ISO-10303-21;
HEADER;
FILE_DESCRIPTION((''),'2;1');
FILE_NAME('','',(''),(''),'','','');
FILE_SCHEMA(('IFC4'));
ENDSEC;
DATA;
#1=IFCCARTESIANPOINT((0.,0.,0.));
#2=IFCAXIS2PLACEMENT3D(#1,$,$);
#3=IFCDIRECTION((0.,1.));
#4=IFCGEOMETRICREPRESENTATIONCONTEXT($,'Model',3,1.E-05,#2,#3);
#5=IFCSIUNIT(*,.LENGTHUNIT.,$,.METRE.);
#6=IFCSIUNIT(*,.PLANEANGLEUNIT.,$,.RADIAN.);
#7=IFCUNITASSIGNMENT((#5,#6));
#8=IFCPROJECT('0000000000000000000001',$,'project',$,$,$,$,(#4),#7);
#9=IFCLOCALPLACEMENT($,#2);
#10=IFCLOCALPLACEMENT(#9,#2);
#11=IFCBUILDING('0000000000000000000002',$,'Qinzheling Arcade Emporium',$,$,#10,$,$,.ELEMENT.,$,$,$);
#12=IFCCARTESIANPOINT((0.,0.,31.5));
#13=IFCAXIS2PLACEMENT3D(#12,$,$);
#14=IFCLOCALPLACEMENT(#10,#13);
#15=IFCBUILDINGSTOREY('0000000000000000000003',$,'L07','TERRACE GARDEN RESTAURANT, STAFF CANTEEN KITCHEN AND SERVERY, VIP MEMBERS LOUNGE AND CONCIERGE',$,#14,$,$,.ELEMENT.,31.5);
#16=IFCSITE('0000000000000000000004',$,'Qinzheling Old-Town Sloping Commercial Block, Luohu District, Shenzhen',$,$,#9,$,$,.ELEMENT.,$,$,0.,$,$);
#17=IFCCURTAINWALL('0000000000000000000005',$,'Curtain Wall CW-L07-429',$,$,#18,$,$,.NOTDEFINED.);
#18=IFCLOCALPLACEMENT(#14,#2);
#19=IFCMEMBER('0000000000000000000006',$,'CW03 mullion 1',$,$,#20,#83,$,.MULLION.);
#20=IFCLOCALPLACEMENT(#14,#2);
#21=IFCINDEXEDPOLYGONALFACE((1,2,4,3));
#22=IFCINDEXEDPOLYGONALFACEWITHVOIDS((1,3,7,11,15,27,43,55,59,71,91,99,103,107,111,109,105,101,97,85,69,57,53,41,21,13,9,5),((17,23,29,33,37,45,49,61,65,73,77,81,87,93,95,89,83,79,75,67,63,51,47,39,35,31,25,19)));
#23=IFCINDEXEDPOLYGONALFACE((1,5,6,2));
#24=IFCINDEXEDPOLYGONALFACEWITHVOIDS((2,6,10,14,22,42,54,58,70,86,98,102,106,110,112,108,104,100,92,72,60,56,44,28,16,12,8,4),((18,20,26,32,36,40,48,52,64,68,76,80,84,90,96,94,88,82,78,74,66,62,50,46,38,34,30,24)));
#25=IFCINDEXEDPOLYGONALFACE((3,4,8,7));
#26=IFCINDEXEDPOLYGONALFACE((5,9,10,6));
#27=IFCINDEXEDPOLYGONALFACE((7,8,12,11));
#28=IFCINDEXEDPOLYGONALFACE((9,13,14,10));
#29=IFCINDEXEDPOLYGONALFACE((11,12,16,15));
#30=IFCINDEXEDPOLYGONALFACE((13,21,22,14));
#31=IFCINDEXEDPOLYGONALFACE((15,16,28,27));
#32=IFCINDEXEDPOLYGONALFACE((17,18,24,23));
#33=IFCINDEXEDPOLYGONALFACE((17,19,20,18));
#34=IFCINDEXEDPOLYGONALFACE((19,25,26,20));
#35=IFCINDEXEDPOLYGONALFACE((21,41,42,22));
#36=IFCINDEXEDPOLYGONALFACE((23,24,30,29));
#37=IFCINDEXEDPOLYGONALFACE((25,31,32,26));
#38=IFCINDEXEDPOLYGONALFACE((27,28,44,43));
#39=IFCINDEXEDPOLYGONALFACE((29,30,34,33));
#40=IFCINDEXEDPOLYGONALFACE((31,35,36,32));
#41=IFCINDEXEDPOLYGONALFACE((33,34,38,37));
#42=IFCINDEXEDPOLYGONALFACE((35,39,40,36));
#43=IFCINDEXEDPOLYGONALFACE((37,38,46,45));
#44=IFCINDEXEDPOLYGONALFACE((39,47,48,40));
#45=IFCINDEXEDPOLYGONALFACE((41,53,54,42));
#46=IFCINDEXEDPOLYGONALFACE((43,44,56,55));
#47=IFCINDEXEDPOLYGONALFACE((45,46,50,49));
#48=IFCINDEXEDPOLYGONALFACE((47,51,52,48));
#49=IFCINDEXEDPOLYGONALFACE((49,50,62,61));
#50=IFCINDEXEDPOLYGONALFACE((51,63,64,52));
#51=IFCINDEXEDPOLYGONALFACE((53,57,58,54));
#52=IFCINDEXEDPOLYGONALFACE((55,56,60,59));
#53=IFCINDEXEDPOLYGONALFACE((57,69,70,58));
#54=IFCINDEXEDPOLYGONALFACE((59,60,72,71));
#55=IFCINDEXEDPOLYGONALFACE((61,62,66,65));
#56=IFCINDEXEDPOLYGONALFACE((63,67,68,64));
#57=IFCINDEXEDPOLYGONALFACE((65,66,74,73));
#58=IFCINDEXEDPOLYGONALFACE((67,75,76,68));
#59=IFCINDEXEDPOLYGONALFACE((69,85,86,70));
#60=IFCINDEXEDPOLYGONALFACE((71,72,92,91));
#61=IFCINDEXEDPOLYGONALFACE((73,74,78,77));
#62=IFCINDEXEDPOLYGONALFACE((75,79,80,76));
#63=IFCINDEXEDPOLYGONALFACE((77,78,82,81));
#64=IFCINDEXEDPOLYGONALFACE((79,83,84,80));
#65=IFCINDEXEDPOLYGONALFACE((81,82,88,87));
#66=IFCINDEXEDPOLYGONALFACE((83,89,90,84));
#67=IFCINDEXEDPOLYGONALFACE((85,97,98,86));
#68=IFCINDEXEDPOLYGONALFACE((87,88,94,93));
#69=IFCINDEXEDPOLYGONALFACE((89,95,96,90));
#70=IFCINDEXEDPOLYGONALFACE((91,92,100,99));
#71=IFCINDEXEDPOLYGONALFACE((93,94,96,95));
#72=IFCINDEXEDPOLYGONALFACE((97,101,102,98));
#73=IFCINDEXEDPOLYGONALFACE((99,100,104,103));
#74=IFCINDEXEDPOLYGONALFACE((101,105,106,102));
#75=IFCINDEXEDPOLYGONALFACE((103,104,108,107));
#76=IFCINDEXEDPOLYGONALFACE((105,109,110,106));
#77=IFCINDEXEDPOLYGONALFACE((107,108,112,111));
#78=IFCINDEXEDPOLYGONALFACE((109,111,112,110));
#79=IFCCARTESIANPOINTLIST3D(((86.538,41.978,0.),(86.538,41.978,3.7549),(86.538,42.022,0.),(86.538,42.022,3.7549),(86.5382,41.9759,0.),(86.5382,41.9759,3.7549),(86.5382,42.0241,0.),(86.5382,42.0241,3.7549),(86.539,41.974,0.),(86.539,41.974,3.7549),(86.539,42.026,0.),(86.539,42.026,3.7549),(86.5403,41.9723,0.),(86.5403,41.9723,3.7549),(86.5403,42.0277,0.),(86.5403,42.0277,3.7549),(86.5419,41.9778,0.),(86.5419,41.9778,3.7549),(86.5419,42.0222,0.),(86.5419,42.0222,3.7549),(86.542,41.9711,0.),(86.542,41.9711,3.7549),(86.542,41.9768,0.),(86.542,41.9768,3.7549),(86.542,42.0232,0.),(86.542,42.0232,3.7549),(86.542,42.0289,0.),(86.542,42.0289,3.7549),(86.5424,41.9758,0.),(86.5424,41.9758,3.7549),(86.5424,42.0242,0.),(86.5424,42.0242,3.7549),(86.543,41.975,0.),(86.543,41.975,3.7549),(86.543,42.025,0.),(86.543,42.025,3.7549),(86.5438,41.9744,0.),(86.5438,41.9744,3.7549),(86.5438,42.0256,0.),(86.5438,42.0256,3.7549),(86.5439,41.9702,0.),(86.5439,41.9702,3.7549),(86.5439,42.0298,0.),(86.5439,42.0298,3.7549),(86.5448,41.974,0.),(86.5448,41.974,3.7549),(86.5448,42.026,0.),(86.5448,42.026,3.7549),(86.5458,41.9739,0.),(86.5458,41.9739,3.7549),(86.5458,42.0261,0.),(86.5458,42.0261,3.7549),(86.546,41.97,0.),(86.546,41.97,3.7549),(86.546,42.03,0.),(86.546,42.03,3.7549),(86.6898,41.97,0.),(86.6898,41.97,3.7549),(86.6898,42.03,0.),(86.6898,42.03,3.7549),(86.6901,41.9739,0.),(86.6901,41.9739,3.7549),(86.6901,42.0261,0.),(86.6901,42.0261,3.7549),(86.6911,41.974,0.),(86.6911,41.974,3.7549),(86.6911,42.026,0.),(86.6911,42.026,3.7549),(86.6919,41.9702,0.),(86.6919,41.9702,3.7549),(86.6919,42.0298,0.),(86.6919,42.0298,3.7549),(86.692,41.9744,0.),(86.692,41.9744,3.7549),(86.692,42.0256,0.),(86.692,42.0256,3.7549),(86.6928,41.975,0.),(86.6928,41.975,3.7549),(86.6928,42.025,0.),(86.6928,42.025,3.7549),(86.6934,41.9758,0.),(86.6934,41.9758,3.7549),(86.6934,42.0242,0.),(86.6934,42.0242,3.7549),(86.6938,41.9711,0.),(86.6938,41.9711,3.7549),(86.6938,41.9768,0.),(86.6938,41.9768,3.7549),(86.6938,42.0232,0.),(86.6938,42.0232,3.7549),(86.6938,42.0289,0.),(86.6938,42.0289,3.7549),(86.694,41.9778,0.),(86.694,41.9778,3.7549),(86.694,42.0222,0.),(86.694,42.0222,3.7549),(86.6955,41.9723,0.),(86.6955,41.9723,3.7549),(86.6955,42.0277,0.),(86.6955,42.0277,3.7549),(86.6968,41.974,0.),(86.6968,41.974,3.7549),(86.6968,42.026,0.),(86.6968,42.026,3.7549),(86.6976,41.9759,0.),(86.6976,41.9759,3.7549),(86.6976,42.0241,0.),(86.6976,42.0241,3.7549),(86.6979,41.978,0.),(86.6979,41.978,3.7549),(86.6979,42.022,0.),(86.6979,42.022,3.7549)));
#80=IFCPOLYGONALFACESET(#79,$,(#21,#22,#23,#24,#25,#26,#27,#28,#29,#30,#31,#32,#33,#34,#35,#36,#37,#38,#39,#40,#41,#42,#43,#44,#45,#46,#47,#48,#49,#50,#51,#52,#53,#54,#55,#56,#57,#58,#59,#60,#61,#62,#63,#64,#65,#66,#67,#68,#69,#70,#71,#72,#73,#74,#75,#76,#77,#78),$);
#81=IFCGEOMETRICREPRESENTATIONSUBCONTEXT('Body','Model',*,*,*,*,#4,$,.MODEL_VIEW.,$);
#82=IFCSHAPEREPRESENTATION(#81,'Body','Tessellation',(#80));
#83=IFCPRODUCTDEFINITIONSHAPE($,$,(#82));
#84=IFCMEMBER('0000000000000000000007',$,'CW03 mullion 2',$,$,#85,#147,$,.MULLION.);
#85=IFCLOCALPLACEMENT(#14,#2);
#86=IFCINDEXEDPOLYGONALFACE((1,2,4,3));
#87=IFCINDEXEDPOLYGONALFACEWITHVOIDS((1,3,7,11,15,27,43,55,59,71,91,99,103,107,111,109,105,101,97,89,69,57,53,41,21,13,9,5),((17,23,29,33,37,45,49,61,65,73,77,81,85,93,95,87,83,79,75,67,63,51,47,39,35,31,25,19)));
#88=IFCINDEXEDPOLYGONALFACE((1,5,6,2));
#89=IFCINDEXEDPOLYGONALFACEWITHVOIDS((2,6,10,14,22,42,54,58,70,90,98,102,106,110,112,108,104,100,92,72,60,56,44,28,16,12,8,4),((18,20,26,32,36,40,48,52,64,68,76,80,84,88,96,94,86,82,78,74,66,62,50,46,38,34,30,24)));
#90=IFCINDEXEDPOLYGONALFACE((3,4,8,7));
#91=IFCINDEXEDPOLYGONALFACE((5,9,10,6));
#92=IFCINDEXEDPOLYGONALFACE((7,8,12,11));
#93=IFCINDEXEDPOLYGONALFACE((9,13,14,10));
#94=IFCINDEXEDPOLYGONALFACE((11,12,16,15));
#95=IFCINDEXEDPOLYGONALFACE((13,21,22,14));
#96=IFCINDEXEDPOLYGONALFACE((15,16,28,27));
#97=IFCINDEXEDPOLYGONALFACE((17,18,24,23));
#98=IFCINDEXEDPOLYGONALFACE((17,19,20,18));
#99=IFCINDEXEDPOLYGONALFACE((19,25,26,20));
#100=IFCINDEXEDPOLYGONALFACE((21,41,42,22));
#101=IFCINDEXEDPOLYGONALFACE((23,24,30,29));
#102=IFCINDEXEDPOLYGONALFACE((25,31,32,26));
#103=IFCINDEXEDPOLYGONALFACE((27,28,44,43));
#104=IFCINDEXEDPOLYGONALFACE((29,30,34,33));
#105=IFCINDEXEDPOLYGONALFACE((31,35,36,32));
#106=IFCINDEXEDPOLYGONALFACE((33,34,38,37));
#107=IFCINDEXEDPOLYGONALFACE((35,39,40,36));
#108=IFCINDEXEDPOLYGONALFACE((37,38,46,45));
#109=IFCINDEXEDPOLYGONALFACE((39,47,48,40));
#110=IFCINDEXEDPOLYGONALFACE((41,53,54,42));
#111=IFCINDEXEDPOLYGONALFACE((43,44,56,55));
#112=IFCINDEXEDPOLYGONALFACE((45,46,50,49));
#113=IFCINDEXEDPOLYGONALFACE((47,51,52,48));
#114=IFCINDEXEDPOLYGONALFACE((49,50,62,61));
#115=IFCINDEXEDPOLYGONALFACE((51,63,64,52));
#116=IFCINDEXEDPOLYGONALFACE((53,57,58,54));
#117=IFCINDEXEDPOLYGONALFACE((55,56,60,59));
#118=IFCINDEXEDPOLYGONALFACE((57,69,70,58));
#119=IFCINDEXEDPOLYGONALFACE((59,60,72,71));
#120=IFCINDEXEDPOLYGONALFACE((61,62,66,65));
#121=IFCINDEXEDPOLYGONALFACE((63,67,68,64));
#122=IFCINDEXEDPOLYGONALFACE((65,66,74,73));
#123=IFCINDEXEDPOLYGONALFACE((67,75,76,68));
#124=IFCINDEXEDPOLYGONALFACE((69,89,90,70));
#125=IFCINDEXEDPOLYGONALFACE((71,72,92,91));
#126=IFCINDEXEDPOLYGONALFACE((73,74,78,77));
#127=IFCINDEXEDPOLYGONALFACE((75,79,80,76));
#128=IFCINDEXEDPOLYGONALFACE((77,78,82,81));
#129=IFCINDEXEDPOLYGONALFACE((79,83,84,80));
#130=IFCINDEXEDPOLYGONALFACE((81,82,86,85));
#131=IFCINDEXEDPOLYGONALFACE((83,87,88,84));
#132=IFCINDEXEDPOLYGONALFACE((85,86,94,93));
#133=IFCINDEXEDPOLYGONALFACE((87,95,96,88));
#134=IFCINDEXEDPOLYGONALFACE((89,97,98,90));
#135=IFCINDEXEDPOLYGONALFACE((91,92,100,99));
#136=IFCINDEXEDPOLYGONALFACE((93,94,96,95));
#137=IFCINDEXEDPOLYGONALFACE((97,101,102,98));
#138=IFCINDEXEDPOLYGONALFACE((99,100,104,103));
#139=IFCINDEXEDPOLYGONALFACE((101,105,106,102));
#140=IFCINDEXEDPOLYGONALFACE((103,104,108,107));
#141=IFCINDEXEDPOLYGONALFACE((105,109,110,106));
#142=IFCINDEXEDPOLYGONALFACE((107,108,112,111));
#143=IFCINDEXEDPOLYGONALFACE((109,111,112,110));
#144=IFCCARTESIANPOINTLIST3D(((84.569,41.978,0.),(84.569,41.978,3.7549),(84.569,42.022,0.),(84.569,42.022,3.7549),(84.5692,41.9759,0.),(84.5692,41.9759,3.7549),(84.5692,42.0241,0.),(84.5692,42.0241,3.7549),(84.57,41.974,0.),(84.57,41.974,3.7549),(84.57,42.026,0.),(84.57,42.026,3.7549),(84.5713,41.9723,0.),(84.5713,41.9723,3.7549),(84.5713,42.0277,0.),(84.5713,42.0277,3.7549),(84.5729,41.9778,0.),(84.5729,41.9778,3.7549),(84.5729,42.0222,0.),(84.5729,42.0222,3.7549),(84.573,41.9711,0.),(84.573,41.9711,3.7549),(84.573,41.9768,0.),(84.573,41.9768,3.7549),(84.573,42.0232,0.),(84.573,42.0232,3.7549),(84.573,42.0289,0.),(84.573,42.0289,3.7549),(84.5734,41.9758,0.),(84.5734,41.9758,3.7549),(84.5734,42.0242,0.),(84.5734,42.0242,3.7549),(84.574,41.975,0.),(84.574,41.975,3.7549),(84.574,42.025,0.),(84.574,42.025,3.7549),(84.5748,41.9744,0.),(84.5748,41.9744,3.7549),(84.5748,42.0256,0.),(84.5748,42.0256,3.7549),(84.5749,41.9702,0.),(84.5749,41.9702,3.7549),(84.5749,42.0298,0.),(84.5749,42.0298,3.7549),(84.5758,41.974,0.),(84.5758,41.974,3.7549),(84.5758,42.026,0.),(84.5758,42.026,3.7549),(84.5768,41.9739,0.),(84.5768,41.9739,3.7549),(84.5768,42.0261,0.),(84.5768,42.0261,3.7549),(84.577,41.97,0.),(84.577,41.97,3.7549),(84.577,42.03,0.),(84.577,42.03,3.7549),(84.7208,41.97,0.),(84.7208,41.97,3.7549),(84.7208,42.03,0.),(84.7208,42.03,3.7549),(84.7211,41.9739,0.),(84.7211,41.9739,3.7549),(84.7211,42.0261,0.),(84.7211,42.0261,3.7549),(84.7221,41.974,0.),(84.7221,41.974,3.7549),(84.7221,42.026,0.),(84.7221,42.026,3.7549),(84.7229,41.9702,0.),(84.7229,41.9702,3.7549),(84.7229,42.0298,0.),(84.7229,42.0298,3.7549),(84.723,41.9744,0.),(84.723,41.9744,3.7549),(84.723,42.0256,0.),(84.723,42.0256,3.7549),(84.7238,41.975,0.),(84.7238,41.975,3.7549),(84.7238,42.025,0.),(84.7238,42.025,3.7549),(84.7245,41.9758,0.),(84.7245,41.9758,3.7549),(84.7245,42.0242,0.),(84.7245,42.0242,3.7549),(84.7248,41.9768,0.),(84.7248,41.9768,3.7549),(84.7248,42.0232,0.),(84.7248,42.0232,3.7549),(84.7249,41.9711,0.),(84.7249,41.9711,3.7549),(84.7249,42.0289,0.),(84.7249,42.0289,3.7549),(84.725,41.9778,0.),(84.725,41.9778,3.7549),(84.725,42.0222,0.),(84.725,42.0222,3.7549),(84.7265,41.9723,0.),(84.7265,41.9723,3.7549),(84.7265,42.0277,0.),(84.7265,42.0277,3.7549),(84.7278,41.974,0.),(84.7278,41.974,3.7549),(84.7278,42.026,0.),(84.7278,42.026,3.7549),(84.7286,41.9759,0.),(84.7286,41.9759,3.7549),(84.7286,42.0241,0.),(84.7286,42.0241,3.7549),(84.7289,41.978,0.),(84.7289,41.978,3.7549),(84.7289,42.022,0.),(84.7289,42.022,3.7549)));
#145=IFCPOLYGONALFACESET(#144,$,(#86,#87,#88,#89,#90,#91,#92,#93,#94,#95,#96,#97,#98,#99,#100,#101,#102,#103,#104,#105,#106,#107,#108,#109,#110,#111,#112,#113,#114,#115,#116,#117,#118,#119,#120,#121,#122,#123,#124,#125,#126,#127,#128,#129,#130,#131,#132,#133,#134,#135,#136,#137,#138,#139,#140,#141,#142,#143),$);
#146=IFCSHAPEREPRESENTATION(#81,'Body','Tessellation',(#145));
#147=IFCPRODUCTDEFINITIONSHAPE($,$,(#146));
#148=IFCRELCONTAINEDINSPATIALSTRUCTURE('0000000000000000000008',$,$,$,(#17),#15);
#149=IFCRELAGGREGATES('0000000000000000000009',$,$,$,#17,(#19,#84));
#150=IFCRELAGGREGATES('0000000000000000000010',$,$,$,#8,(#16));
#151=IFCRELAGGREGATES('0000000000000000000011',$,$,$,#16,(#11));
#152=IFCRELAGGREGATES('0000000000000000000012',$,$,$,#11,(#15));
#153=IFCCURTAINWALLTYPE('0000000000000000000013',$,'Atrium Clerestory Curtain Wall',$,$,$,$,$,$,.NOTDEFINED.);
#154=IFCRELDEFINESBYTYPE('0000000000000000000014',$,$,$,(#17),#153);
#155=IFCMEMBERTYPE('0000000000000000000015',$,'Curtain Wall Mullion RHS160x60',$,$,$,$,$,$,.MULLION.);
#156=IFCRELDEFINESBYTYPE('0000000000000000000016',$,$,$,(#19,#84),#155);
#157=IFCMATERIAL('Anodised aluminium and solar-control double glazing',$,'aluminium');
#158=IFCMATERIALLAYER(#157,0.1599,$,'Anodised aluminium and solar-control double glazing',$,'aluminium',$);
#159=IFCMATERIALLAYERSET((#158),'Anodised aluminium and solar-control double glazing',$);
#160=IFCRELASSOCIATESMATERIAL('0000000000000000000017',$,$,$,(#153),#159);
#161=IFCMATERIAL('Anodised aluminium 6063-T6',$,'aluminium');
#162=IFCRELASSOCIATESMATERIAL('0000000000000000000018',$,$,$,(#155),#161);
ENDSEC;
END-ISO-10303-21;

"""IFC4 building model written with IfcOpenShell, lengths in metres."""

from ifc_helpers import new_model, si_unit, direction, frame, origin, origin_2d, place, context, subcontext, project, spatial, hollow_rectangle, extrude, material, layer, layer_set, material_profile, profile_set, type_object, element, aggregate, save


model = new_model("IFC4")

# Units and contexts
model_context = context("Model", 3, precision=1e-05, world=origin(), true_north=direction((0.0, 1.0)))
body_context = subcontext(model_context, "Body", "Model", "MODEL_VIEW")
ifc_project = project(units=[si_unit("LENGTHUNIT", "METRE"), si_unit("PLANEANGLEUNIT", "RADIAN")], contexts=[model_context])

# Site, building, storey
site_placement = place(None, origin())
site = spatial("IfcSite", under=ifc_project, at=site_placement, Name="Qinzheling Old-Town Sloping Commercial Block, Luohu District, Shenzhen", CompositionType="ELEMENT", RefElevation=0.0)
building_placement = place(site_placement, origin())
building = spatial("IfcBuilding", under=site, at=building_placement, Name="Qinzheling Arcade Emporium", CompositionType="ELEMENT")
storey_placement = place(building_placement, frame((0.0, 0.0, 31.5)))
storey = spatial("IfcBuildingStorey", under=building, at=storey_placement, Name="L07", Description="TERRACE GARDEN RESTAURANT, STAFF CANTEEN KITCHEN AND SERVERY, VIP MEMBERS LOUNGE AND CONCIERGE", CompositionType="ELEMENT", Elevation=31.5)

# Curtain wall, members
ifc_material_1 = material(Name="Anodised aluminium and solar-control double glazing", Category="aluminium")
ifc_layer_1 = layer(ifc_material_1, 0.1599, Name="Anodised aluminium and solar-control double glazing", Category="aluminium")
ifc_layer_set_1 = layer_set([ifc_layer_1], Name="Anodised aluminium and solar-control double glazing")
curtain_wall_type = type_object("IfcCurtainWallType", Name="Atrium Clerestory Curtain Wall", PredefinedType="NOTDEFINED", material=ifc_layer_set_1)
ifc_material_2 = material(Name="Anodised aluminium 6063-T6", Category="aluminium")
ifc_material_profile_1 = material_profile(ifc_material_2, hollow_rectangle(XDim=0.0601, YDim=0.1599, WallThickness=0.0039, InnerFilletRadius=0.0039, OuterFilletRadius=0.0081, at=origin_2d()), Name="RHS 160x60x4", Category="aluminium")
ifc_profile_set_1 = profile_set([ifc_material_profile_1], Name="Anodised aluminium 6063-T6")
member_type_1 = type_object("IfcMemberType", Name="Curtain Wall Mullion RHS160x60", PredefinedType="MULLION", material=ifc_profile_set_1)
curtain_wall_1_placement = place(storey_placement, origin())
curtain_wall_1 = element("IfcCurtainWall", 1, at=curtain_wall_1_placement, inside=storey, type_object=curtain_wall_type, Name="Curtain Wall CW-L07-429", PredefinedType="NOTDEFINED")
member_1_placement = place(storey_placement, frame((86.6179, 42.0, 0.0), z_axis=(0.0, 0.0, 1.0), x_axis=(0.0, -1.0, 0.0)))
member_1 = element("IfcMember", 2, at=member_1_placement, type_object=member_type_1, Name="CW03 mullion 1", PredefinedType="MULLION", context=body_context, shape_type="SweptSolid", body=[
    extrude(hollow_rectangle(XDim=0.0601, YDim=0.1599, WallThickness=0.0039, InnerFilletRadius=0.0039, OuterFilletRadius=0.0081, at=origin_2d()), origin(), (0.0, 0.0, 1.0), 3.7549),
])
member_2_placement = place(storey_placement, frame((84.6489, 42.0, 0.0), z_axis=(0.0, 0.0, 1.0), x_axis=(0.0, -1.0, 0.0)))
member_2 = element("IfcMember", 3, at=member_2_placement, type_object=member_type_1, Name="CW03 mullion 2", PredefinedType="MULLION", context=body_context, shape_type="SweptSolid", body=[
    extrude(hollow_rectangle(XDim=0.0601, YDim=0.1599, WallThickness=0.0039, InnerFilletRadius=0.0039, OuterFilletRadius=0.0081, at=origin_2d()), origin(), (0.0, 0.0, 1.0), 3.7549),
])

aggregate(curtain_wall_1, [member_1, member_2])

save(model, "model.ifc")
